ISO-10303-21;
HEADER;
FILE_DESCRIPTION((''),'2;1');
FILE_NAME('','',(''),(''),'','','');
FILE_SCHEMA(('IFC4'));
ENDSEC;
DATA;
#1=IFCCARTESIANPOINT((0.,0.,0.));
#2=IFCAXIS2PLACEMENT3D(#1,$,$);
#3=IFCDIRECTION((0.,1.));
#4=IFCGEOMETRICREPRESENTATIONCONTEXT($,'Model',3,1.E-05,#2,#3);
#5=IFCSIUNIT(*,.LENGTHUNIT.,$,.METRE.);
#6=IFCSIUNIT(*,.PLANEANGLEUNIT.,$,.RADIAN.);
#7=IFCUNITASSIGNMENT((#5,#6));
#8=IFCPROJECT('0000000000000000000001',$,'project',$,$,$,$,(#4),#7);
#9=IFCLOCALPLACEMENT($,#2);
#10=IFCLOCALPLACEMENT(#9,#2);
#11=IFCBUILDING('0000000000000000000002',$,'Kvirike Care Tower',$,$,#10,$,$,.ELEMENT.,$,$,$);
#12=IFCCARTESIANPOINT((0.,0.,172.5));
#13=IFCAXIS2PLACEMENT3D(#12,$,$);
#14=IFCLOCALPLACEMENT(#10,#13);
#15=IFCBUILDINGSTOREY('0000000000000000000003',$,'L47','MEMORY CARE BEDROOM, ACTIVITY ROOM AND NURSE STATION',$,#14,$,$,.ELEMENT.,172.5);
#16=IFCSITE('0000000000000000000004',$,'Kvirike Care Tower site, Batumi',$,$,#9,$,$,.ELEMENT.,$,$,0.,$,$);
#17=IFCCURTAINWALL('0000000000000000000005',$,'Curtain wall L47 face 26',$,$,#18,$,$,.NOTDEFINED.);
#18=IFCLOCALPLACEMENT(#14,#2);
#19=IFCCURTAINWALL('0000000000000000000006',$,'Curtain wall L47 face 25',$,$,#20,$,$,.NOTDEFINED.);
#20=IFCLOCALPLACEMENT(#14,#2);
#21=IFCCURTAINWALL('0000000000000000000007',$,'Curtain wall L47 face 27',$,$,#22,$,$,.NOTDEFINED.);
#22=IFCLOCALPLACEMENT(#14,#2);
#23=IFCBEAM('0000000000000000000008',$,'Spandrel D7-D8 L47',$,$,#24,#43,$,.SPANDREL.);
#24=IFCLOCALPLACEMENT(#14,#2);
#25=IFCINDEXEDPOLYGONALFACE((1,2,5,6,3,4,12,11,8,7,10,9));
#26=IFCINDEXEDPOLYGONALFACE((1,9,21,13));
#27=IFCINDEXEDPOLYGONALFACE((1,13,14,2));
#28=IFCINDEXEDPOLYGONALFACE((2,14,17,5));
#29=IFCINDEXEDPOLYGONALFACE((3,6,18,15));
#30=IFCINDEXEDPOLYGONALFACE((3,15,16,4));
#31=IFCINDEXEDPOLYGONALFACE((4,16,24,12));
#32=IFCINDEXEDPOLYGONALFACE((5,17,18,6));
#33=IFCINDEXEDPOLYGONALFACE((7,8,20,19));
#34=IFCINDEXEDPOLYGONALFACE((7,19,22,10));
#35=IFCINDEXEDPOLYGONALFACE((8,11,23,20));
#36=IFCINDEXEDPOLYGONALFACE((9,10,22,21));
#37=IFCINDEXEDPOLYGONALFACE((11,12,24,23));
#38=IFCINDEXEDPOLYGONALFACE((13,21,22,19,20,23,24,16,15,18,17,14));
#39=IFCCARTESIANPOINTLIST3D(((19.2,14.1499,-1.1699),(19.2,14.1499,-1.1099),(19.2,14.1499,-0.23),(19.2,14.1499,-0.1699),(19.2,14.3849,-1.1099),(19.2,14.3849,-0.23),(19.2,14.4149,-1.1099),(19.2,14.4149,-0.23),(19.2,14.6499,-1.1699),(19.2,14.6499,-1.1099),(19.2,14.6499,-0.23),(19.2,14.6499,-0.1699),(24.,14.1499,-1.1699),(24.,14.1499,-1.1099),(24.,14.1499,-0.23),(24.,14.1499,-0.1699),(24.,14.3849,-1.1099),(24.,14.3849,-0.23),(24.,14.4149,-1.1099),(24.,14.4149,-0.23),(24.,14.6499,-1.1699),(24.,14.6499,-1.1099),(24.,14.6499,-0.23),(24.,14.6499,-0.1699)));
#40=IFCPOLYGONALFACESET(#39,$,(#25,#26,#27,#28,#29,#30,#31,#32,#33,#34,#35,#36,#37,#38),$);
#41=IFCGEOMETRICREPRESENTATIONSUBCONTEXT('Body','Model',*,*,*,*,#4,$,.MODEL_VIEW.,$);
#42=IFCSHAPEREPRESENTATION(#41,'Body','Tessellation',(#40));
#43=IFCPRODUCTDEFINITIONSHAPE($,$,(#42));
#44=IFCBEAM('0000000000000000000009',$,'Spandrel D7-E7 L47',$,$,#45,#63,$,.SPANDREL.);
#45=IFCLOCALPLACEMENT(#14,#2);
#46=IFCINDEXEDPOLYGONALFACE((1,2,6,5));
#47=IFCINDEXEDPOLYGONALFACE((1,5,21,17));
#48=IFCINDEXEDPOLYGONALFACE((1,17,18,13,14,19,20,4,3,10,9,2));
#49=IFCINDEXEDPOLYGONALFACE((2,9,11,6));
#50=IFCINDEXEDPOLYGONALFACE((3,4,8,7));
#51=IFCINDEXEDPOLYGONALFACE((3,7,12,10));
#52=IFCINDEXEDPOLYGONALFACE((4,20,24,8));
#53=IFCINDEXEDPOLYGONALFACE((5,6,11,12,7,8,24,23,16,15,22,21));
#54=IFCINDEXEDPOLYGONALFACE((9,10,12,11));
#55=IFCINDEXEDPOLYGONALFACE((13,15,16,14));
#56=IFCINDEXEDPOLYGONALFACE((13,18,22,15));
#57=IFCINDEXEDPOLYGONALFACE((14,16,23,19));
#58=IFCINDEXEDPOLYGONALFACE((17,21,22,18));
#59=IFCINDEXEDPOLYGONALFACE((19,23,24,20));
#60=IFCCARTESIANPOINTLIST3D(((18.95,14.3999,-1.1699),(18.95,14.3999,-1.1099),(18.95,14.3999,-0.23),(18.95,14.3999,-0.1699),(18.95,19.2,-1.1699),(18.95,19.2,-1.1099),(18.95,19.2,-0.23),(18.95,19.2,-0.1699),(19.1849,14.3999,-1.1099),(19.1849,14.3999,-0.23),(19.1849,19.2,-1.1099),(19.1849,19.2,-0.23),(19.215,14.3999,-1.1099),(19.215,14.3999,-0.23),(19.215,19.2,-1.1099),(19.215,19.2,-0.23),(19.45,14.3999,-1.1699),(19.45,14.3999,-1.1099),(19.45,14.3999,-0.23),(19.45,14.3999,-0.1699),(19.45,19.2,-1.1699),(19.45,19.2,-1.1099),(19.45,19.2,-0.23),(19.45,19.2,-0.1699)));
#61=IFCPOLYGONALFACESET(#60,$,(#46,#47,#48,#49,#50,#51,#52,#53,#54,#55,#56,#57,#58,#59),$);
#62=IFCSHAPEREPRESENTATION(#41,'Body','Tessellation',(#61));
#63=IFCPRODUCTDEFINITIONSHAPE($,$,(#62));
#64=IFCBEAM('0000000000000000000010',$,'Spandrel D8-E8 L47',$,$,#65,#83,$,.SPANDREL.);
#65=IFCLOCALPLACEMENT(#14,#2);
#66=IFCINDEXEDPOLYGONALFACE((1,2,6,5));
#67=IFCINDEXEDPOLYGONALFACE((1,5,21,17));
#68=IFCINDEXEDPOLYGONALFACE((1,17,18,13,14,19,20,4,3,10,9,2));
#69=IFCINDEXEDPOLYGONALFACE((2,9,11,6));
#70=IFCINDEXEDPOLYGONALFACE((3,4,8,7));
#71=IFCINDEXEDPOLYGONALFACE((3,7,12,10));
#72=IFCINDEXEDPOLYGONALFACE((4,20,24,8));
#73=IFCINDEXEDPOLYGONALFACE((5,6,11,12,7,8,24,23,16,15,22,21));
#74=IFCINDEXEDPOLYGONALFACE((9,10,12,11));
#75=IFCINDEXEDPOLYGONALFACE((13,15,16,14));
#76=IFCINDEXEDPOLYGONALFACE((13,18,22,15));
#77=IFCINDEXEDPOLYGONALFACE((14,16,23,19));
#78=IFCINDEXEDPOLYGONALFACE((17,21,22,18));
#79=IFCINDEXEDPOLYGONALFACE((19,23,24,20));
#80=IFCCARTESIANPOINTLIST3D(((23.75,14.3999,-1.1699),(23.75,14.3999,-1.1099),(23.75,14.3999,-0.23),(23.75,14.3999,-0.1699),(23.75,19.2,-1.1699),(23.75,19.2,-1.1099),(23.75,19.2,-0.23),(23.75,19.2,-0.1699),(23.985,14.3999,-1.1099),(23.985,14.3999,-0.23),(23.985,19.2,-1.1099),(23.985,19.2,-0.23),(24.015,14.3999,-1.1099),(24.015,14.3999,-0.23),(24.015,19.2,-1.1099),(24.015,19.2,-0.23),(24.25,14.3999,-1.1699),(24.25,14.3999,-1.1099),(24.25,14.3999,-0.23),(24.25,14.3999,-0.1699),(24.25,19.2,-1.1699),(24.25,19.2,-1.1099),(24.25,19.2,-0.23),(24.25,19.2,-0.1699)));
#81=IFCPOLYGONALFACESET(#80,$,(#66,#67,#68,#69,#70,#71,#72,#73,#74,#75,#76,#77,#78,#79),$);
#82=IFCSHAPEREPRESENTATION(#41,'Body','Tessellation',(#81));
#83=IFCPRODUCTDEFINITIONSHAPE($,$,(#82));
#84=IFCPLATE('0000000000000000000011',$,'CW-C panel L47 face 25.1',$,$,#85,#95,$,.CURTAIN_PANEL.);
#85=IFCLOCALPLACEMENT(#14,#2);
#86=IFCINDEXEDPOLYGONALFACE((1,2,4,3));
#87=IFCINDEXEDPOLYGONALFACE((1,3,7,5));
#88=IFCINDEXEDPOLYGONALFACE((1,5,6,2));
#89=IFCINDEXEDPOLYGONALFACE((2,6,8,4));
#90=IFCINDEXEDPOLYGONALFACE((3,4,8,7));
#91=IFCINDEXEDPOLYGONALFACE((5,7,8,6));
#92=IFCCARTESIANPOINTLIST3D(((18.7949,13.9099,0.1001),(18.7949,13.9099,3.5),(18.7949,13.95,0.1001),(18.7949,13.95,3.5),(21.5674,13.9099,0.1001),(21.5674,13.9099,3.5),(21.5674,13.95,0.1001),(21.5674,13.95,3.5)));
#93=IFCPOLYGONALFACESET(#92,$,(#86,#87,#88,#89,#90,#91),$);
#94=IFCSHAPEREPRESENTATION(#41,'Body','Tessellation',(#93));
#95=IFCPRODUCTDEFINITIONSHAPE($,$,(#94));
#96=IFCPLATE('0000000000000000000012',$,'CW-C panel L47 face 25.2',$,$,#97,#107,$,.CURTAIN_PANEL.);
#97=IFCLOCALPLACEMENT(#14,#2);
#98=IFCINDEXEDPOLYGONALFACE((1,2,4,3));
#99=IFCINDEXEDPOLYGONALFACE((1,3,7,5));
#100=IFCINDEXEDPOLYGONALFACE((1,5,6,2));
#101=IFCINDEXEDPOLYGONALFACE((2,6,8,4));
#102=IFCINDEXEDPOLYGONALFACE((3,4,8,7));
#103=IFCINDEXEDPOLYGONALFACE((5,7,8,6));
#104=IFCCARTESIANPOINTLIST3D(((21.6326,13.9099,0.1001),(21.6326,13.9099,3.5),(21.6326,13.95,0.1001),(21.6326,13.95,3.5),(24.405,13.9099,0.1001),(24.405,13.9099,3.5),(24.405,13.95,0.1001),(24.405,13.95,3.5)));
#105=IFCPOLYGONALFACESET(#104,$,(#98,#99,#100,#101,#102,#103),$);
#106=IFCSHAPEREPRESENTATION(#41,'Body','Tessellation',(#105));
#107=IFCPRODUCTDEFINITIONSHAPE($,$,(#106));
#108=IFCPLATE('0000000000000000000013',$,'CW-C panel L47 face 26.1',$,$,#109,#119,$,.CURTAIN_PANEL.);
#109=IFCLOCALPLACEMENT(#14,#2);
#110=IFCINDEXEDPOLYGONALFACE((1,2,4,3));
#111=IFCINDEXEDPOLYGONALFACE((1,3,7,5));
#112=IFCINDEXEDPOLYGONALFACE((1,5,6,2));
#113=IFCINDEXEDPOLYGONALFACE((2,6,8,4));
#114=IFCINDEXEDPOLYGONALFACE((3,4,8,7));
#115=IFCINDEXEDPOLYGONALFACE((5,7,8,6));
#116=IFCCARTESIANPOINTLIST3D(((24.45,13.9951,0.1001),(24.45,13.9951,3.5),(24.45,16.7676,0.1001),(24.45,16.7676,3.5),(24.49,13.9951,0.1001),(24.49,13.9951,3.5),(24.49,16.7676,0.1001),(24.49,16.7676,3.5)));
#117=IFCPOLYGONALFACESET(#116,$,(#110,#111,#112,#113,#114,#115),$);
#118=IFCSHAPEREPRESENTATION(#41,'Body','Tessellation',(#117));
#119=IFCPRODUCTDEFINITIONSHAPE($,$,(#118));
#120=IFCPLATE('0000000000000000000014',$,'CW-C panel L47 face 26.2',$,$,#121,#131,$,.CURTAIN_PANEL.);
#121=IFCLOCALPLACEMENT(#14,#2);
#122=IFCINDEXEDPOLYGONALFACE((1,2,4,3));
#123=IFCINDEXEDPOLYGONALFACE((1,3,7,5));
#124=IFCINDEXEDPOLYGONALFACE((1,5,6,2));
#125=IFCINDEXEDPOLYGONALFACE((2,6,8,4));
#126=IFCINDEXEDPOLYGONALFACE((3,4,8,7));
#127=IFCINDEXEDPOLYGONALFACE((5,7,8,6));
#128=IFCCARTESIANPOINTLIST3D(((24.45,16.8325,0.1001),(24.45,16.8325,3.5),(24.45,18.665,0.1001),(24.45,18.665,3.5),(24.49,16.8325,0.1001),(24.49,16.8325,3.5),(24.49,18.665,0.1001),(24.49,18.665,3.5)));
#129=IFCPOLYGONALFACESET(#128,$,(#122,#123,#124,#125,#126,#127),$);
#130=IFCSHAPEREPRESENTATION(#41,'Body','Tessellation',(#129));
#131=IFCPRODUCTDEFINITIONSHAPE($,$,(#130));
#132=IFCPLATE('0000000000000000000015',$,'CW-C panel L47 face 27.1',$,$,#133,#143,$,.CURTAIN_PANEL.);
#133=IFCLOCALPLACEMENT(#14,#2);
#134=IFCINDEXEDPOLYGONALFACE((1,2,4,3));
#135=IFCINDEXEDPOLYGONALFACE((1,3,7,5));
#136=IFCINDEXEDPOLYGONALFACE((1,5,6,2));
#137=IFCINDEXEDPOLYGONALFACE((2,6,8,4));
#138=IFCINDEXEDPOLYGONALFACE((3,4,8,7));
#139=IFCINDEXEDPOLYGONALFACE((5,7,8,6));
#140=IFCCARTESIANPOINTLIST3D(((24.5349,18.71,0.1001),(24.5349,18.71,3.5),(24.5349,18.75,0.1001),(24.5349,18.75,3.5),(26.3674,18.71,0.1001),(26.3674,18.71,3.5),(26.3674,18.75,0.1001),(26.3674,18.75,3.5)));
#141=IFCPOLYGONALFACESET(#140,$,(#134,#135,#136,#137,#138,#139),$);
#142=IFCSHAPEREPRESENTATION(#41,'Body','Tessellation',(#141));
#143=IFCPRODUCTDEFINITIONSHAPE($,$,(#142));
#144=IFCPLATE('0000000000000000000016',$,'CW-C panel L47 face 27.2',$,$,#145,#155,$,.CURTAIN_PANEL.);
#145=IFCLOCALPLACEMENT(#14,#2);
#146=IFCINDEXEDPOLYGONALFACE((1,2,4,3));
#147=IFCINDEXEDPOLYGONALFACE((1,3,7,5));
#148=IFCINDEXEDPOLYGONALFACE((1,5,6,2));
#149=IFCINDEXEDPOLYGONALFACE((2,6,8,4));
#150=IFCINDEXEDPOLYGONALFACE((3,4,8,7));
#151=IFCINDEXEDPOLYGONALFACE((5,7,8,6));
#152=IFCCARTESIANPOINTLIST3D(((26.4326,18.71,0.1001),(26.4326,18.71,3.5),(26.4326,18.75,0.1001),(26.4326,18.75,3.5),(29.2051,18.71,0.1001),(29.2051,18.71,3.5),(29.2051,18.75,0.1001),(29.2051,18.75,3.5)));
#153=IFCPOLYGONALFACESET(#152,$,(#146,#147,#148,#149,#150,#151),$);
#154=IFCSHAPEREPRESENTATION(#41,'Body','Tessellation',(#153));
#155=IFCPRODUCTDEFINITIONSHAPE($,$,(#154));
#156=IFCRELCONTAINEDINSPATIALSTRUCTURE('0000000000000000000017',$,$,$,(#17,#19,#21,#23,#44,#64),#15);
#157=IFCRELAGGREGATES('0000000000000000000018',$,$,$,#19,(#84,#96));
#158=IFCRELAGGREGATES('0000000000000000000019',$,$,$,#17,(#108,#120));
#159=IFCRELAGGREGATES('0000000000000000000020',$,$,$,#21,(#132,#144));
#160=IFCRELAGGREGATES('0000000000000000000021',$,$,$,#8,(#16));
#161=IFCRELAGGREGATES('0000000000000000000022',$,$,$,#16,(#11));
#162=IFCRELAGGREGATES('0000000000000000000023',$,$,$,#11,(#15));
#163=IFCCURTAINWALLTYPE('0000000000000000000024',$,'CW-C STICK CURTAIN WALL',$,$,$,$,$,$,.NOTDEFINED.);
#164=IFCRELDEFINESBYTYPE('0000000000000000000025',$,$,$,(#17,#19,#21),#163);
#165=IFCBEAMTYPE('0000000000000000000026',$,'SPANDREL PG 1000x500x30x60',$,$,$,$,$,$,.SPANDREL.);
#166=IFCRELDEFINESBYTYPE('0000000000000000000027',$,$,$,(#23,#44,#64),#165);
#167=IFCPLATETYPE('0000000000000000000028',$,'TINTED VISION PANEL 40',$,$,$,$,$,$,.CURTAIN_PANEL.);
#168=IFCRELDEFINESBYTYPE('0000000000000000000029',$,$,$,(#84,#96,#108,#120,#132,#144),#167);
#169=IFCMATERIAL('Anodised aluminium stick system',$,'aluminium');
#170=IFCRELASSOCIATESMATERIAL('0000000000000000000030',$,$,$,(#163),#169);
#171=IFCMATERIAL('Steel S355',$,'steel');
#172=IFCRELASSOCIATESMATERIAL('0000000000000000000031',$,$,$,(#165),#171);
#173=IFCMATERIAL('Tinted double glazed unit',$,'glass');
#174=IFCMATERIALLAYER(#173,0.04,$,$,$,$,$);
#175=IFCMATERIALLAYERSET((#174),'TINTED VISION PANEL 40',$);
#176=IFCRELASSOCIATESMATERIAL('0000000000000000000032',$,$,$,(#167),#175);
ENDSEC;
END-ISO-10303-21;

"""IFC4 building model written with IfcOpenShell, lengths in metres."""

from ifc_helpers import new_model, si_unit, direction, frame, origin, origin_2d, place, context, subcontext, project, spatial, rectangle, i_section, extrude, material, layer, layer_set, material_profile, profile_set, type_object, element, aggregate, save


model = new_model("IFC4")

# Units and contexts
model_context = context("Model", 3, precision=1e-05, world=origin(), true_north=direction((0.0, 1.0)))
body_context = subcontext(model_context, "Body", "Model", "MODEL_VIEW")
ifc_project = project(units=[si_unit("LENGTHUNIT", "METRE"), si_unit("PLANEANGLEUNIT", "RADIAN")], contexts=[model_context])

# Site, building, storey
site_placement = place(None, origin())
site = spatial("IfcSite", under=ifc_project, at=site_placement, Name="Kvirike Care Tower site, Batumi", CompositionType="ELEMENT", RefElevation=0.0)
building_placement = place(site_placement, origin())
building = spatial("IfcBuilding", under=site, at=building_placement, Name="Kvirike Care Tower", CompositionType="ELEMENT")
storey_placement = place(building_placement, frame((0.0, 0.0, 172.5)))
storey = spatial("IfcBuildingStorey", under=building, at=storey_placement, Name="L47", Description="MEMORY CARE BEDROOM, ACTIVITY ROOM AND NURSE STATION", CompositionType="ELEMENT", Elevation=172.5)

# Curtain wall
ifc_material_1 = material(Name="Anodised aluminium stick system", Category="aluminium")
curtain_wall_type = type_object("IfcCurtainWallType", Name="CW-C STICK CURTAIN WALL", PredefinedType="NOTDEFINED", material=ifc_material_1)
curtain_wall_1_placement = place(storey_placement, origin())
curtain_wall_1 = element("IfcCurtainWall", 1, at=curtain_wall_1_placement, inside=storey, type_object=curtain_wall_type, Name="Curtain wall L47 face 26", PredefinedType="NOTDEFINED")

# Curtain wall
curtain_wall_2_placement = place(storey_placement, origin())
curtain_wall_2 = element("IfcCurtainWall", 2, at=curtain_wall_2_placement, inside=storey, type_object=curtain_wall_type, Name="Curtain wall L47 face 25", PredefinedType="NOTDEFINED")

# Curtain wall
curtain_wall_3_placement = place(storey_placement, origin())
curtain_wall_3 = element("IfcCurtainWall", 3, at=curtain_wall_3_placement, inside=storey, type_object=curtain_wall_type, Name="Curtain wall L47 face 27", PredefinedType="NOTDEFINED")

# Beams
ifc_material_2 = material(Name="Steel S355", Category="steel")
ifc_material_profile_1 = material_profile(ifc_material_2, i_section(OverallWidth=0.5, OverallDepth=1.0, WebThickness=0.03, FlangeThickness=0.0601, at=origin_2d()), Name="PG 1000x500x30x60")
ifc_profile_set_1 = profile_set([ifc_material_profile_1], Name="Steel S355")
beam_type_1 = type_object("IfcBeamType", Name="SPANDREL PG 1000x500x30x60", PredefinedType="SPANDREL", material=ifc_profile_set_1)
for number, where, z_axis, x_axis, name in (
    (4, (19.2, 14.3999, -0.6699), (1.0, 0.0, 0.0), (0.0, 1.0, 0.0), "Spandrel D7-D8 L47"),
    (5, (19.2, 14.3999, -0.6699), (0.0, 1.0, 0.0), (-1.0, 0.0, 0.0), "Spandrel D7-E7 L47"),
    (6, (24.0, 14.3999, -0.6699), (0.0, 1.0, 0.0), (-1.0, 0.0, 0.0), "Spandrel D8-E8 L47"),
):
    element("IfcBeam", number, at=place(storey_placement, frame(where, z_axis=z_axis, x_axis=x_axis)), inside=storey, type_object=beam_type_1, Name=name, PredefinedType="SPANDREL", context=body_context, shape_type="SweptSolid", body=[
        extrude(i_section(OverallWidth=0.5, OverallDepth=1.0, WebThickness=0.03, FlangeThickness=0.0601, at=origin_2d()), origin(), (0.0, 0.0, 1.0), 4.8),
    ])

# Plates
ifc_material_3 = material(Name="Tinted double glazed unit", Category="glass")
ifc_layer = layer(ifc_material_3, 0.04)
ifc_layer_set = layer_set([ifc_layer], Name="TINTED VISION PANEL 40")
plate_type = type_object("IfcPlateType", Name="TINTED VISION PANEL 40", PredefinedType="CURTAIN_PANEL", material=ifc_layer_set)
plate_1_placement = place(storey_placement, frame((20.1812, 13.9299, 0.1001), z_axis=(0.0, 0.0, 1.0), x_axis=(1.0, 0.0, 0.0)))
plate_1 = element("IfcPlate", 7, at=plate_1_placement, type_object=plate_type, Name="CW-C panel L47 face 25.1", PredefinedType="CURTAIN_PANEL", context=body_context, shape_type="SweptSolid", body=[
    extrude(rectangle(XDim=2.7725, YDim=0.04, at=origin_2d()), origin(), (0.0, 0.0, 1.0), 3.3999),
])
plate_2_placement = place(storey_placement, frame((23.0188, 13.9299, 0.1001), z_axis=(0.0, 0.0, 1.0), x_axis=(1.0, 0.0, 0.0)))
plate_2 = element("IfcPlate", 8, at=plate_2_placement, type_object=plate_type, Name="CW-C panel L47 face 25.2", PredefinedType="CURTAIN_PANEL", context=body_context, shape_type="SweptSolid", body=[
    extrude(rectangle(XDim=2.7725, YDim=0.04, at=origin_2d()), origin(), (0.0, 0.0, 1.0), 3.3999),
])
aggregate(curtain_wall_2, [plate_1, plate_2])
plate_3_placement = place(storey_placement, frame((24.47, 15.3813, 0.1001), z_axis=(0.0, 0.0, 1.0), x_axis=(0.0, 1.0, 0.0)))
plate_3 = element("IfcPlate", 9, at=plate_3_placement, type_object=plate_type, Name="CW-C panel L47 face 26.1", PredefinedType="CURTAIN_PANEL", context=body_context, shape_type="SweptSolid", body=[
    extrude(rectangle(XDim=2.7725, YDim=0.04, at=origin_2d()), origin(), (0.0, 0.0, 1.0), 3.3999),
])
plate_4_placement = place(storey_placement, frame((24.47, 17.7488, 0.1001), z_axis=(0.0, 0.0, 1.0), x_axis=(0.0, 1.0, 0.0)))
plate_4 = element("IfcPlate", 10, at=plate_4_placement, type_object=plate_type, Name="CW-C panel L47 face 26.2", PredefinedType="CURTAIN_PANEL", context=body_context, shape_type="SweptSolid", body=[
    extrude(rectangle(XDim=1.8325, YDim=0.04, at=origin_2d()), origin(), (0.0, 0.0, 1.0), 3.3999),
])
aggregate(curtain_wall_1, [plate_3, plate_4])
plate_5_placement = place(storey_placement, frame((25.4512, 18.73, 0.1001), z_axis=(0.0, 0.0, 1.0), x_axis=(1.0, 0.0, 0.0)))
plate_5 = element("IfcPlate", 11, at=plate_5_placement, type_object=plate_type, Name="CW-C panel L47 face 27.1", PredefinedType="CURTAIN_PANEL", context=body_context, shape_type="SweptSolid", body=[
    extrude(rectangle(XDim=1.8325, YDim=0.04, at=origin_2d()), origin(), (0.0, 0.0, 1.0), 3.3999),
])
plate_6_placement = place(storey_placement, frame((27.8188, 18.73, 0.1001), z_axis=(0.0, 0.0, 1.0), x_axis=(1.0, 0.0, 0.0)))
plate_6 = element("IfcPlate", 12, at=plate_6_placement, type_object=plate_type, Name="CW-C panel L47 face 27.2", PredefinedType="CURTAIN_PANEL", context=body_context, shape_type="SweptSolid", body=[
    extrude(rectangle(XDim=2.7725, YDim=0.04, at=origin_2d()), origin(), (0.0, 0.0, 1.0), 3.3999),
])
aggregate(curtain_wall_3, [plate_5, plate_6])

save(model, "model.ifc")
